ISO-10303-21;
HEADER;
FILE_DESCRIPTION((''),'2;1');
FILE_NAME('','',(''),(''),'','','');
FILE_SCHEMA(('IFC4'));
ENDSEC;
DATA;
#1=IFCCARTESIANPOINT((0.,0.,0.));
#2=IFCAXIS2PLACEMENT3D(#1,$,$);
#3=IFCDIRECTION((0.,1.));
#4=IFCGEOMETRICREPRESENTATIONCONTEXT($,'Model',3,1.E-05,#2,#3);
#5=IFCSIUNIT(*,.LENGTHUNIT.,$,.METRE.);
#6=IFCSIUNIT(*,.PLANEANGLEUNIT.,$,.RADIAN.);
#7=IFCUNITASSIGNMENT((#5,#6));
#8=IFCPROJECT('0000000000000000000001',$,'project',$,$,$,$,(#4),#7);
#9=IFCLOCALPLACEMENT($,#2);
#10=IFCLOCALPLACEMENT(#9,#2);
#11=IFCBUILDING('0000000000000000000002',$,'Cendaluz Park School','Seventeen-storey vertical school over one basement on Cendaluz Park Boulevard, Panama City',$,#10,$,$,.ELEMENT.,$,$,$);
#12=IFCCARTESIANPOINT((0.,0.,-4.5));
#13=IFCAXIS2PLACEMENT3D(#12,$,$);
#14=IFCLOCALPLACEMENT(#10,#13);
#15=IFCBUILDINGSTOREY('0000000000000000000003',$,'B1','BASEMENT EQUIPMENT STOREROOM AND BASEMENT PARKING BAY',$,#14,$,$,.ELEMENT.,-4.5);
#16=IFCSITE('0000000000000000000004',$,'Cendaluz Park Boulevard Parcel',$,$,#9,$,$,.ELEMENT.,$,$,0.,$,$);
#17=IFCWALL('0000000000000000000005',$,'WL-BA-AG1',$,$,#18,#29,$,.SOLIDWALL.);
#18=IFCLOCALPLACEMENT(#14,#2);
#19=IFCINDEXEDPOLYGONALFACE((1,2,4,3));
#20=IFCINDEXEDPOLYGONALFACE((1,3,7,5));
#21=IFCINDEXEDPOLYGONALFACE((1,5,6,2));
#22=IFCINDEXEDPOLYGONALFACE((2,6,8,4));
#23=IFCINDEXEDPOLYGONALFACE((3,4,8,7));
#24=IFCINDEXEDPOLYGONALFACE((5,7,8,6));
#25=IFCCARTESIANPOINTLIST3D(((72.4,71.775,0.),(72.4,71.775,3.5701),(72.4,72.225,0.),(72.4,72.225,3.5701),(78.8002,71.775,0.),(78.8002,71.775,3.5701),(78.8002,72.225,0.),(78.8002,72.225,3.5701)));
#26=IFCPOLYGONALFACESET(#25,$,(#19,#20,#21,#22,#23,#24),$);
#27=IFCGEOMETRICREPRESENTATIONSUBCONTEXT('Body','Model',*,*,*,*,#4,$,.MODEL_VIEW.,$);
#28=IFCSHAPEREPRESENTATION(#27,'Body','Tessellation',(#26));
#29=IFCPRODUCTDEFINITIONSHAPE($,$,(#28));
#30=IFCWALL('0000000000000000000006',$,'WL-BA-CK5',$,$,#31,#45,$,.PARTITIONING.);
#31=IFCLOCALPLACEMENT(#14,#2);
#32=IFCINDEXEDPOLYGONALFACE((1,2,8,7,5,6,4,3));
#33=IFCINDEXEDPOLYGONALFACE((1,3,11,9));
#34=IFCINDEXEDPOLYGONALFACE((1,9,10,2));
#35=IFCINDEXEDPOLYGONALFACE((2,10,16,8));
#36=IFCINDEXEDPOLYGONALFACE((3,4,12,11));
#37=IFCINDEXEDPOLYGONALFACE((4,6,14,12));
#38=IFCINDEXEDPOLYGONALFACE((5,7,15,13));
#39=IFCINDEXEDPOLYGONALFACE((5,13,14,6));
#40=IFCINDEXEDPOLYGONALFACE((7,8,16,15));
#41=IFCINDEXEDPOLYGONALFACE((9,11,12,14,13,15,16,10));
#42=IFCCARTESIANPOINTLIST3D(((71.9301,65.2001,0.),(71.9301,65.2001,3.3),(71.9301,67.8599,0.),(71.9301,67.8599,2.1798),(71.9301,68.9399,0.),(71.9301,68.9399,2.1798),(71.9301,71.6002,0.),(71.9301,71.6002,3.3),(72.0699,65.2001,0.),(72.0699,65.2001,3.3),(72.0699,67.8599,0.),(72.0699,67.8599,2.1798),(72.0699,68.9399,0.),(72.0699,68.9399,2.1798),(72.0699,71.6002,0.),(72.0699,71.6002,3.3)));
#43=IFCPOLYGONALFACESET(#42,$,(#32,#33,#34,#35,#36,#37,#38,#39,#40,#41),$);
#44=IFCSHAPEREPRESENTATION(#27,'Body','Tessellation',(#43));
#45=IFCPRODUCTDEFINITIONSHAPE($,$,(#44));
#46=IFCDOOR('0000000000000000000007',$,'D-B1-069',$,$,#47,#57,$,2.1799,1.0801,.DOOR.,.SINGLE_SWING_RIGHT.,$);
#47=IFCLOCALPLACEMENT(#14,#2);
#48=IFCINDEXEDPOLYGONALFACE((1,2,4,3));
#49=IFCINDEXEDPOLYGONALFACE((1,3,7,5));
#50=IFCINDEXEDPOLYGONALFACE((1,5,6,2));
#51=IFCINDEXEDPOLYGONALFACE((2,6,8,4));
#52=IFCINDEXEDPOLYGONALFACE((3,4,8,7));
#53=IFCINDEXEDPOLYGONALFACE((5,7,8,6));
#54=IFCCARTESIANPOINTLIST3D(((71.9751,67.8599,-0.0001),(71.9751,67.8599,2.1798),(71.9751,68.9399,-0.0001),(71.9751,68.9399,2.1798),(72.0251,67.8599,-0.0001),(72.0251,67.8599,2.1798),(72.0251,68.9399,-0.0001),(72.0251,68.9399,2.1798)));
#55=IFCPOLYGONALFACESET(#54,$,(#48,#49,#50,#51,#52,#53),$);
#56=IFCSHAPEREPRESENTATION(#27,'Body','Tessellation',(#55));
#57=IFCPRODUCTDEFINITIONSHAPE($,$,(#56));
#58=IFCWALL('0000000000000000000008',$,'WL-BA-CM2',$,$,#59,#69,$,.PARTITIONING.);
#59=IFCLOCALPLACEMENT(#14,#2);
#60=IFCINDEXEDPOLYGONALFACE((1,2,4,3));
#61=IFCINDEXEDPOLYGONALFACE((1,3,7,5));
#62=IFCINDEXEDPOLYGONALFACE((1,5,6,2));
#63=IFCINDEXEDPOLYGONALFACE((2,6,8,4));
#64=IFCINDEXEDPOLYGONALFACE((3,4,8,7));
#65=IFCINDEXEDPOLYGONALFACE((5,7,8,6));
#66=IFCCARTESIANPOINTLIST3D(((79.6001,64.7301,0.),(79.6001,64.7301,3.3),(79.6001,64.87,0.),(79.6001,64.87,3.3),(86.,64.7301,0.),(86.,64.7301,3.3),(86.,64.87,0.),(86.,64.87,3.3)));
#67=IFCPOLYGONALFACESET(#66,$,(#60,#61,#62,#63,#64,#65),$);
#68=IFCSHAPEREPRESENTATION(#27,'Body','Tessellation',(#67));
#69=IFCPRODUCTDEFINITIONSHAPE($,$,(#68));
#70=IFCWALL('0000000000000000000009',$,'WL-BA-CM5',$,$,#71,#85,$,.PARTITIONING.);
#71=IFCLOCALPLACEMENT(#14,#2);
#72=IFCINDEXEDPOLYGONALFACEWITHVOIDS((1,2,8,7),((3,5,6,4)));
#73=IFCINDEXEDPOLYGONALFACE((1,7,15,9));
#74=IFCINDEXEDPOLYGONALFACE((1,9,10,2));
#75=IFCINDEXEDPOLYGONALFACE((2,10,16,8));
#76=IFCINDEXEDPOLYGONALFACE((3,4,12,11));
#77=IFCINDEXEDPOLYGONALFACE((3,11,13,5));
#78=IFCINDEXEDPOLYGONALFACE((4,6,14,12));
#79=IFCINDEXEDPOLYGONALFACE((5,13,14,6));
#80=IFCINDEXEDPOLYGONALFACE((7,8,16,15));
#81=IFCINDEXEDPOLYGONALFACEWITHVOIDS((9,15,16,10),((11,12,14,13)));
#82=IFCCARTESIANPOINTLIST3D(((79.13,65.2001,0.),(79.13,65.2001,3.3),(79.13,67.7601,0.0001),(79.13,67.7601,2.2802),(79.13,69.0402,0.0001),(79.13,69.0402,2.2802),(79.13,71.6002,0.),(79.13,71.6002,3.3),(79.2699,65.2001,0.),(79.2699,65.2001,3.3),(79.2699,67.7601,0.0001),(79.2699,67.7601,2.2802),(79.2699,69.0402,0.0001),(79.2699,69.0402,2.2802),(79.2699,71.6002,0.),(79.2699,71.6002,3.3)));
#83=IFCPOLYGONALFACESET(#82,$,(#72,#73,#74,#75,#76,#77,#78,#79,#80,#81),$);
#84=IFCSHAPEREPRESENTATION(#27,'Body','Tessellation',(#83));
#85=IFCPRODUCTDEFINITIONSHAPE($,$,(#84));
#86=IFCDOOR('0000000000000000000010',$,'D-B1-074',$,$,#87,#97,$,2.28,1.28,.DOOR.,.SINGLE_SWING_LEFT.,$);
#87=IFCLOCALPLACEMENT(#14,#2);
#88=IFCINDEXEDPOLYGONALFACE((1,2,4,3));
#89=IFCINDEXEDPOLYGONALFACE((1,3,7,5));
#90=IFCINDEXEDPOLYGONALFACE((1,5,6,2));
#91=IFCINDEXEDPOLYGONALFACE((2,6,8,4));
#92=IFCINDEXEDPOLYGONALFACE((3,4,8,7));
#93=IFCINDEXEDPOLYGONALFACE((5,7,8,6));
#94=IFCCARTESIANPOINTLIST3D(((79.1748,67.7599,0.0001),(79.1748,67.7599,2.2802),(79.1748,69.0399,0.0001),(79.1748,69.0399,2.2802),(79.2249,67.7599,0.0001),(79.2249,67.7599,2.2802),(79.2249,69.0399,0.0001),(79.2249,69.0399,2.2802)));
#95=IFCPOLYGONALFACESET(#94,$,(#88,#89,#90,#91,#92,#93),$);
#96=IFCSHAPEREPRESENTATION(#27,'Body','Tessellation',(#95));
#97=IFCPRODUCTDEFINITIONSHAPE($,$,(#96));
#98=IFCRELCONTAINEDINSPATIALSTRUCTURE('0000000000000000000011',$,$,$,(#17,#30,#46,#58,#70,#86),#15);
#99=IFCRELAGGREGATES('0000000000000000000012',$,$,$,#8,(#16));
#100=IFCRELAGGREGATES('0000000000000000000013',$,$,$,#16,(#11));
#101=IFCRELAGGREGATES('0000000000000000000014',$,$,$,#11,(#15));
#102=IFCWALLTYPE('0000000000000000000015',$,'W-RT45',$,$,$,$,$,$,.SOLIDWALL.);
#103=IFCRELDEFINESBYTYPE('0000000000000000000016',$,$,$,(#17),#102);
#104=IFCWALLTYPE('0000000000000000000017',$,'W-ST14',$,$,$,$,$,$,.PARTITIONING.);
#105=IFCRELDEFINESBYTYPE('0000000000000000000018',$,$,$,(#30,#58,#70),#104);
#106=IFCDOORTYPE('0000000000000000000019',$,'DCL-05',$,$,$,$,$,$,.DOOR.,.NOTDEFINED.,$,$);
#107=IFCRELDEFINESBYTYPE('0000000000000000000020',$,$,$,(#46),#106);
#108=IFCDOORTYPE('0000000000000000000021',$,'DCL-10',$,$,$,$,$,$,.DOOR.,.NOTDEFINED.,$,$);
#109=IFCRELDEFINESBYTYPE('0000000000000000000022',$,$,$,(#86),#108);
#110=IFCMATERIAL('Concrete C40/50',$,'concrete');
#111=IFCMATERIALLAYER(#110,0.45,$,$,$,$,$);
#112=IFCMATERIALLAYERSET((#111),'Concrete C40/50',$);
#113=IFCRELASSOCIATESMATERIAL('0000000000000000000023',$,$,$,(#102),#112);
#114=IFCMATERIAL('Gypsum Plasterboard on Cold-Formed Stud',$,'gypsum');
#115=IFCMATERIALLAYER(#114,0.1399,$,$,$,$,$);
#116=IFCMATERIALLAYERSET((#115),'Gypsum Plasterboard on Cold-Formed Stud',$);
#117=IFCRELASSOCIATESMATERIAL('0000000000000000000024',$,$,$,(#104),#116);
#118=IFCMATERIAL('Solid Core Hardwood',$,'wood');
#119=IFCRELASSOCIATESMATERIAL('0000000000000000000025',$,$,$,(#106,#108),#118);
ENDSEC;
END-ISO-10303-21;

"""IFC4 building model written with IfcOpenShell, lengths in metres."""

from ifc_helpers import new_model, si_unit, direction, frame, frame_2d, origin, place, context, subcontext, project, spatial, rectangle, extrude, material, layer, layer_set, type_object, element, fill, save


model = new_model("IFC4")

# Units and contexts
model_context = context("Model", 3, precision=1e-05, world=origin(), true_north=direction((0.0, 1.0)))
body_context = subcontext(model_context, "Body", "Model", "MODEL_VIEW")
ifc_project = project(units=[si_unit("LENGTHUNIT", "METRE"), si_unit("PLANEANGLEUNIT", "RADIAN")], contexts=[model_context])

# Site, building, storey
site_placement = place(None, origin())
site = spatial("IfcSite", under=ifc_project, at=site_placement, Name="Cendaluz Park Boulevard Parcel", CompositionType="ELEMENT", RefElevation=0.0)
building_placement = place(site_placement, origin())
building = spatial("IfcBuilding", under=site, at=building_placement, Name="Cendaluz Park School", Description="Seventeen-storey vertical school over one basement on Cendaluz Park Boulevard, Panama City", CompositionType="ELEMENT")
storey_placement = place(building_placement, frame((0.0, 0.0, -4.5)))
storey = spatial("IfcBuildingStorey", under=building, at=storey_placement, Name="B1", Description="BASEMENT EQUIPMENT STOREROOM AND BASEMENT PARKING BAY", CompositionType="ELEMENT", Elevation=-4.5)

# Shared definitions
ifc_material_1 = material(Name="Concrete C40/50", Category="concrete")

# Wall
ifc_layer_1 = layer(ifc_material_1, 0.45)
ifc_layer_set_1 = layer_set([ifc_layer_1], Name="Concrete C40/50")
wall_type_1 = type_object("IfcWallType", Name="W-RT45", PredefinedType="SOLIDWALL", material=ifc_layer_set_1)
wall_1_placement = place(storey_placement, frame((72.3999, 72.0, 0.0), z_axis=(0.0, 0.0, 1.0), x_axis=(1.0, 0.0, 0.0)))
element("IfcWall", 1, at=wall_1_placement, inside=storey, type_object=wall_type_1, Name="WL-BA-AG1", PredefinedType="SOLIDWALL", context=body_context, shape_type="SweptSolid", body=[
    extrude(rectangle(XDim=6.4001, YDim=0.45, at=frame_2d((3.2002, 0.0))), origin(), (0.0, 0.0, 1.0), 3.5701),
])

# Wall, opening, door
ifc_material_2 = material(Name="Gypsum Plasterboard on Cold-Formed Stud", Category="gypsum")
ifc_layer_2 = layer(ifc_material_2, 0.1399)
ifc_layer_set_2 = layer_set([ifc_layer_2], Name="Gypsum Plasterboard on Cold-Formed Stud")
wall_type_2 = type_object("IfcWallType", Name="W-ST14", PredefinedType="PARTITIONING", material=ifc_layer_set_2)
wall_2_placement = place(storey_placement, frame((72.0, 65.2, 0.0), z_axis=(0.0, 0.0, 1.0), x_axis=(0.0, 1.0, 0.0)))
wall_2 = element("IfcWall", 2, at=wall_2_placement, inside=storey, type_object=wall_type_2, Name="WL-BA-CK5", PredefinedType="PARTITIONING", context=body_context, shape_type="SweptSolid", body=[
    extrude(rectangle(XDim=6.4001, YDim=0.1399, at=frame_2d((3.2002, 0.0))), origin(), (0.0, 0.0, 1.0), 3.3),
])
opening_1_placement = place(wall_2_placement, frame((2.6599, 0.0, 0.0)))
opening_1 = element("IfcOpeningElement", 3, at=opening_1_placement, cuts=wall_2, PredefinedType="OPENING", context=body_context, shape_type="SweptSolid", body=[
    extrude(rectangle(XDim=1.0801, YDim=2.1799, at=frame_2d((0.54, 1.0898))), frame((0.0, 0.082, 0.0), z_axis=(0.0, -1.0, 0.0), x_axis=(1.0, 0.0, 0.0)), (0.0, 0.0, 1.0), 0.1638),
])
ifc_material_3 = material(Name="Solid Core Hardwood", Category="wood")
door_type_1 = type_object("IfcDoorType", Name="DCL-05", OperationType="NOTDEFINED", PredefinedType="DOOR", material=ifc_material_3)
door_1_placement = place(opening_1_placement, origin())
door_1 = element("IfcDoor", 4, at=door_1_placement, inside=storey, type_object=door_type_1, Name="D-B1-069", OperationType="SINGLE_SWING_RIGHT", OverallHeight=2.1799, OverallWidth=1.0801, PredefinedType="DOOR", context=body_context, shape_type="SweptSolid", body=[
    extrude(rectangle(XDim=1.0801, YDim=2.1799, at=frame_2d((0.54, 1.0898))), frame((0.0, 0.0249, 0.0), z_axis=(0.0, -1.0, 0.0), x_axis=(1.0, 0.0, 0.0)), (0.0, 0.0, 1.0), 0.05),
])
fill(opening_1, door_1)

# Wall
wall_3_placement = place(storey_placement, frame((79.6001, 64.8, 0.0), z_axis=(0.0, 0.0, 1.0), x_axis=(1.0, 0.0, 0.0)))
element("IfcWall", 5, at=wall_3_placement, inside=storey, type_object=wall_type_2, Name="WL-BA-CM2", PredefinedType="PARTITIONING", context=body_context, shape_type="SweptSolid", body=[
    extrude(rectangle(XDim=6.3999, YDim=0.1399, at=frame_2d((3.2, 0.0))), origin(), (0.0, 0.0, 1.0), 3.3),
])

# Wall, opening, door
wall_4_placement = place(storey_placement, frame((79.2, 65.2, 0.0), z_axis=(0.0, 0.0, 1.0), x_axis=(0.0, 1.0, 0.0)))
wall_4 = element("IfcWall", 6, at=wall_4_placement, inside=storey, type_object=wall_type_2, Name="WL-BA-CM5", PredefinedType="PARTITIONING", context=body_context, shape_type="SweptSolid", body=[
    extrude(rectangle(XDim=6.4001, YDim=0.1399, at=frame_2d((3.2002, 0.0))), origin(), (0.0, 0.0, 1.0), 3.3),
])
opening_2_placement = place(wall_4_placement, frame((2.5601, 0.0, 0.0)))
opening_2 = element("IfcOpeningElement", 7, at=opening_2_placement, cuts=wall_4, PredefinedType="OPENING", context=body_context, shape_type="SweptSolid", body=[
    extrude(rectangle(XDim=1.28, YDim=2.28, at=frame_2d((0.6401, 1.1401))), frame((0.0, 0.082, 0.0), z_axis=(0.0, -1.0, 0.0), x_axis=(1.0, 0.0, 0.0)), (0.0, 0.0, 1.0), 0.1638),
])
door_type_2 = type_object("IfcDoorType", Name="DCL-10", OperationType="NOTDEFINED", PredefinedType="DOOR", material=ifc_material_3)
door_2_placement = place(opening_2_placement, frame((1.28, 0.0, 0.0), z_axis=(0.0, 0.0, 1.0), x_axis=(-1.0, 0.0, 0.0)))
door_2 = element("IfcDoor", 8, at=door_2_placement, inside=storey, type_object=door_type_2, Name="D-B1-074", OperationType="SINGLE_SWING_LEFT", OverallHeight=2.28, OverallWidth=1.28, PredefinedType="DOOR", context=body_context, shape_type="SweptSolid", body=[
    extrude(rectangle(XDim=1.28, YDim=2.28, at=frame_2d((0.6401, 1.1401))), frame((0.0, 0.0249, 0.0), z_axis=(0.0, -1.0, 0.0), x_axis=(1.0, 0.0, 0.0)), (0.0, 0.0, 1.0), 0.05),
])
fill(opening_2, door_2)

save(model, "model.ifc")
